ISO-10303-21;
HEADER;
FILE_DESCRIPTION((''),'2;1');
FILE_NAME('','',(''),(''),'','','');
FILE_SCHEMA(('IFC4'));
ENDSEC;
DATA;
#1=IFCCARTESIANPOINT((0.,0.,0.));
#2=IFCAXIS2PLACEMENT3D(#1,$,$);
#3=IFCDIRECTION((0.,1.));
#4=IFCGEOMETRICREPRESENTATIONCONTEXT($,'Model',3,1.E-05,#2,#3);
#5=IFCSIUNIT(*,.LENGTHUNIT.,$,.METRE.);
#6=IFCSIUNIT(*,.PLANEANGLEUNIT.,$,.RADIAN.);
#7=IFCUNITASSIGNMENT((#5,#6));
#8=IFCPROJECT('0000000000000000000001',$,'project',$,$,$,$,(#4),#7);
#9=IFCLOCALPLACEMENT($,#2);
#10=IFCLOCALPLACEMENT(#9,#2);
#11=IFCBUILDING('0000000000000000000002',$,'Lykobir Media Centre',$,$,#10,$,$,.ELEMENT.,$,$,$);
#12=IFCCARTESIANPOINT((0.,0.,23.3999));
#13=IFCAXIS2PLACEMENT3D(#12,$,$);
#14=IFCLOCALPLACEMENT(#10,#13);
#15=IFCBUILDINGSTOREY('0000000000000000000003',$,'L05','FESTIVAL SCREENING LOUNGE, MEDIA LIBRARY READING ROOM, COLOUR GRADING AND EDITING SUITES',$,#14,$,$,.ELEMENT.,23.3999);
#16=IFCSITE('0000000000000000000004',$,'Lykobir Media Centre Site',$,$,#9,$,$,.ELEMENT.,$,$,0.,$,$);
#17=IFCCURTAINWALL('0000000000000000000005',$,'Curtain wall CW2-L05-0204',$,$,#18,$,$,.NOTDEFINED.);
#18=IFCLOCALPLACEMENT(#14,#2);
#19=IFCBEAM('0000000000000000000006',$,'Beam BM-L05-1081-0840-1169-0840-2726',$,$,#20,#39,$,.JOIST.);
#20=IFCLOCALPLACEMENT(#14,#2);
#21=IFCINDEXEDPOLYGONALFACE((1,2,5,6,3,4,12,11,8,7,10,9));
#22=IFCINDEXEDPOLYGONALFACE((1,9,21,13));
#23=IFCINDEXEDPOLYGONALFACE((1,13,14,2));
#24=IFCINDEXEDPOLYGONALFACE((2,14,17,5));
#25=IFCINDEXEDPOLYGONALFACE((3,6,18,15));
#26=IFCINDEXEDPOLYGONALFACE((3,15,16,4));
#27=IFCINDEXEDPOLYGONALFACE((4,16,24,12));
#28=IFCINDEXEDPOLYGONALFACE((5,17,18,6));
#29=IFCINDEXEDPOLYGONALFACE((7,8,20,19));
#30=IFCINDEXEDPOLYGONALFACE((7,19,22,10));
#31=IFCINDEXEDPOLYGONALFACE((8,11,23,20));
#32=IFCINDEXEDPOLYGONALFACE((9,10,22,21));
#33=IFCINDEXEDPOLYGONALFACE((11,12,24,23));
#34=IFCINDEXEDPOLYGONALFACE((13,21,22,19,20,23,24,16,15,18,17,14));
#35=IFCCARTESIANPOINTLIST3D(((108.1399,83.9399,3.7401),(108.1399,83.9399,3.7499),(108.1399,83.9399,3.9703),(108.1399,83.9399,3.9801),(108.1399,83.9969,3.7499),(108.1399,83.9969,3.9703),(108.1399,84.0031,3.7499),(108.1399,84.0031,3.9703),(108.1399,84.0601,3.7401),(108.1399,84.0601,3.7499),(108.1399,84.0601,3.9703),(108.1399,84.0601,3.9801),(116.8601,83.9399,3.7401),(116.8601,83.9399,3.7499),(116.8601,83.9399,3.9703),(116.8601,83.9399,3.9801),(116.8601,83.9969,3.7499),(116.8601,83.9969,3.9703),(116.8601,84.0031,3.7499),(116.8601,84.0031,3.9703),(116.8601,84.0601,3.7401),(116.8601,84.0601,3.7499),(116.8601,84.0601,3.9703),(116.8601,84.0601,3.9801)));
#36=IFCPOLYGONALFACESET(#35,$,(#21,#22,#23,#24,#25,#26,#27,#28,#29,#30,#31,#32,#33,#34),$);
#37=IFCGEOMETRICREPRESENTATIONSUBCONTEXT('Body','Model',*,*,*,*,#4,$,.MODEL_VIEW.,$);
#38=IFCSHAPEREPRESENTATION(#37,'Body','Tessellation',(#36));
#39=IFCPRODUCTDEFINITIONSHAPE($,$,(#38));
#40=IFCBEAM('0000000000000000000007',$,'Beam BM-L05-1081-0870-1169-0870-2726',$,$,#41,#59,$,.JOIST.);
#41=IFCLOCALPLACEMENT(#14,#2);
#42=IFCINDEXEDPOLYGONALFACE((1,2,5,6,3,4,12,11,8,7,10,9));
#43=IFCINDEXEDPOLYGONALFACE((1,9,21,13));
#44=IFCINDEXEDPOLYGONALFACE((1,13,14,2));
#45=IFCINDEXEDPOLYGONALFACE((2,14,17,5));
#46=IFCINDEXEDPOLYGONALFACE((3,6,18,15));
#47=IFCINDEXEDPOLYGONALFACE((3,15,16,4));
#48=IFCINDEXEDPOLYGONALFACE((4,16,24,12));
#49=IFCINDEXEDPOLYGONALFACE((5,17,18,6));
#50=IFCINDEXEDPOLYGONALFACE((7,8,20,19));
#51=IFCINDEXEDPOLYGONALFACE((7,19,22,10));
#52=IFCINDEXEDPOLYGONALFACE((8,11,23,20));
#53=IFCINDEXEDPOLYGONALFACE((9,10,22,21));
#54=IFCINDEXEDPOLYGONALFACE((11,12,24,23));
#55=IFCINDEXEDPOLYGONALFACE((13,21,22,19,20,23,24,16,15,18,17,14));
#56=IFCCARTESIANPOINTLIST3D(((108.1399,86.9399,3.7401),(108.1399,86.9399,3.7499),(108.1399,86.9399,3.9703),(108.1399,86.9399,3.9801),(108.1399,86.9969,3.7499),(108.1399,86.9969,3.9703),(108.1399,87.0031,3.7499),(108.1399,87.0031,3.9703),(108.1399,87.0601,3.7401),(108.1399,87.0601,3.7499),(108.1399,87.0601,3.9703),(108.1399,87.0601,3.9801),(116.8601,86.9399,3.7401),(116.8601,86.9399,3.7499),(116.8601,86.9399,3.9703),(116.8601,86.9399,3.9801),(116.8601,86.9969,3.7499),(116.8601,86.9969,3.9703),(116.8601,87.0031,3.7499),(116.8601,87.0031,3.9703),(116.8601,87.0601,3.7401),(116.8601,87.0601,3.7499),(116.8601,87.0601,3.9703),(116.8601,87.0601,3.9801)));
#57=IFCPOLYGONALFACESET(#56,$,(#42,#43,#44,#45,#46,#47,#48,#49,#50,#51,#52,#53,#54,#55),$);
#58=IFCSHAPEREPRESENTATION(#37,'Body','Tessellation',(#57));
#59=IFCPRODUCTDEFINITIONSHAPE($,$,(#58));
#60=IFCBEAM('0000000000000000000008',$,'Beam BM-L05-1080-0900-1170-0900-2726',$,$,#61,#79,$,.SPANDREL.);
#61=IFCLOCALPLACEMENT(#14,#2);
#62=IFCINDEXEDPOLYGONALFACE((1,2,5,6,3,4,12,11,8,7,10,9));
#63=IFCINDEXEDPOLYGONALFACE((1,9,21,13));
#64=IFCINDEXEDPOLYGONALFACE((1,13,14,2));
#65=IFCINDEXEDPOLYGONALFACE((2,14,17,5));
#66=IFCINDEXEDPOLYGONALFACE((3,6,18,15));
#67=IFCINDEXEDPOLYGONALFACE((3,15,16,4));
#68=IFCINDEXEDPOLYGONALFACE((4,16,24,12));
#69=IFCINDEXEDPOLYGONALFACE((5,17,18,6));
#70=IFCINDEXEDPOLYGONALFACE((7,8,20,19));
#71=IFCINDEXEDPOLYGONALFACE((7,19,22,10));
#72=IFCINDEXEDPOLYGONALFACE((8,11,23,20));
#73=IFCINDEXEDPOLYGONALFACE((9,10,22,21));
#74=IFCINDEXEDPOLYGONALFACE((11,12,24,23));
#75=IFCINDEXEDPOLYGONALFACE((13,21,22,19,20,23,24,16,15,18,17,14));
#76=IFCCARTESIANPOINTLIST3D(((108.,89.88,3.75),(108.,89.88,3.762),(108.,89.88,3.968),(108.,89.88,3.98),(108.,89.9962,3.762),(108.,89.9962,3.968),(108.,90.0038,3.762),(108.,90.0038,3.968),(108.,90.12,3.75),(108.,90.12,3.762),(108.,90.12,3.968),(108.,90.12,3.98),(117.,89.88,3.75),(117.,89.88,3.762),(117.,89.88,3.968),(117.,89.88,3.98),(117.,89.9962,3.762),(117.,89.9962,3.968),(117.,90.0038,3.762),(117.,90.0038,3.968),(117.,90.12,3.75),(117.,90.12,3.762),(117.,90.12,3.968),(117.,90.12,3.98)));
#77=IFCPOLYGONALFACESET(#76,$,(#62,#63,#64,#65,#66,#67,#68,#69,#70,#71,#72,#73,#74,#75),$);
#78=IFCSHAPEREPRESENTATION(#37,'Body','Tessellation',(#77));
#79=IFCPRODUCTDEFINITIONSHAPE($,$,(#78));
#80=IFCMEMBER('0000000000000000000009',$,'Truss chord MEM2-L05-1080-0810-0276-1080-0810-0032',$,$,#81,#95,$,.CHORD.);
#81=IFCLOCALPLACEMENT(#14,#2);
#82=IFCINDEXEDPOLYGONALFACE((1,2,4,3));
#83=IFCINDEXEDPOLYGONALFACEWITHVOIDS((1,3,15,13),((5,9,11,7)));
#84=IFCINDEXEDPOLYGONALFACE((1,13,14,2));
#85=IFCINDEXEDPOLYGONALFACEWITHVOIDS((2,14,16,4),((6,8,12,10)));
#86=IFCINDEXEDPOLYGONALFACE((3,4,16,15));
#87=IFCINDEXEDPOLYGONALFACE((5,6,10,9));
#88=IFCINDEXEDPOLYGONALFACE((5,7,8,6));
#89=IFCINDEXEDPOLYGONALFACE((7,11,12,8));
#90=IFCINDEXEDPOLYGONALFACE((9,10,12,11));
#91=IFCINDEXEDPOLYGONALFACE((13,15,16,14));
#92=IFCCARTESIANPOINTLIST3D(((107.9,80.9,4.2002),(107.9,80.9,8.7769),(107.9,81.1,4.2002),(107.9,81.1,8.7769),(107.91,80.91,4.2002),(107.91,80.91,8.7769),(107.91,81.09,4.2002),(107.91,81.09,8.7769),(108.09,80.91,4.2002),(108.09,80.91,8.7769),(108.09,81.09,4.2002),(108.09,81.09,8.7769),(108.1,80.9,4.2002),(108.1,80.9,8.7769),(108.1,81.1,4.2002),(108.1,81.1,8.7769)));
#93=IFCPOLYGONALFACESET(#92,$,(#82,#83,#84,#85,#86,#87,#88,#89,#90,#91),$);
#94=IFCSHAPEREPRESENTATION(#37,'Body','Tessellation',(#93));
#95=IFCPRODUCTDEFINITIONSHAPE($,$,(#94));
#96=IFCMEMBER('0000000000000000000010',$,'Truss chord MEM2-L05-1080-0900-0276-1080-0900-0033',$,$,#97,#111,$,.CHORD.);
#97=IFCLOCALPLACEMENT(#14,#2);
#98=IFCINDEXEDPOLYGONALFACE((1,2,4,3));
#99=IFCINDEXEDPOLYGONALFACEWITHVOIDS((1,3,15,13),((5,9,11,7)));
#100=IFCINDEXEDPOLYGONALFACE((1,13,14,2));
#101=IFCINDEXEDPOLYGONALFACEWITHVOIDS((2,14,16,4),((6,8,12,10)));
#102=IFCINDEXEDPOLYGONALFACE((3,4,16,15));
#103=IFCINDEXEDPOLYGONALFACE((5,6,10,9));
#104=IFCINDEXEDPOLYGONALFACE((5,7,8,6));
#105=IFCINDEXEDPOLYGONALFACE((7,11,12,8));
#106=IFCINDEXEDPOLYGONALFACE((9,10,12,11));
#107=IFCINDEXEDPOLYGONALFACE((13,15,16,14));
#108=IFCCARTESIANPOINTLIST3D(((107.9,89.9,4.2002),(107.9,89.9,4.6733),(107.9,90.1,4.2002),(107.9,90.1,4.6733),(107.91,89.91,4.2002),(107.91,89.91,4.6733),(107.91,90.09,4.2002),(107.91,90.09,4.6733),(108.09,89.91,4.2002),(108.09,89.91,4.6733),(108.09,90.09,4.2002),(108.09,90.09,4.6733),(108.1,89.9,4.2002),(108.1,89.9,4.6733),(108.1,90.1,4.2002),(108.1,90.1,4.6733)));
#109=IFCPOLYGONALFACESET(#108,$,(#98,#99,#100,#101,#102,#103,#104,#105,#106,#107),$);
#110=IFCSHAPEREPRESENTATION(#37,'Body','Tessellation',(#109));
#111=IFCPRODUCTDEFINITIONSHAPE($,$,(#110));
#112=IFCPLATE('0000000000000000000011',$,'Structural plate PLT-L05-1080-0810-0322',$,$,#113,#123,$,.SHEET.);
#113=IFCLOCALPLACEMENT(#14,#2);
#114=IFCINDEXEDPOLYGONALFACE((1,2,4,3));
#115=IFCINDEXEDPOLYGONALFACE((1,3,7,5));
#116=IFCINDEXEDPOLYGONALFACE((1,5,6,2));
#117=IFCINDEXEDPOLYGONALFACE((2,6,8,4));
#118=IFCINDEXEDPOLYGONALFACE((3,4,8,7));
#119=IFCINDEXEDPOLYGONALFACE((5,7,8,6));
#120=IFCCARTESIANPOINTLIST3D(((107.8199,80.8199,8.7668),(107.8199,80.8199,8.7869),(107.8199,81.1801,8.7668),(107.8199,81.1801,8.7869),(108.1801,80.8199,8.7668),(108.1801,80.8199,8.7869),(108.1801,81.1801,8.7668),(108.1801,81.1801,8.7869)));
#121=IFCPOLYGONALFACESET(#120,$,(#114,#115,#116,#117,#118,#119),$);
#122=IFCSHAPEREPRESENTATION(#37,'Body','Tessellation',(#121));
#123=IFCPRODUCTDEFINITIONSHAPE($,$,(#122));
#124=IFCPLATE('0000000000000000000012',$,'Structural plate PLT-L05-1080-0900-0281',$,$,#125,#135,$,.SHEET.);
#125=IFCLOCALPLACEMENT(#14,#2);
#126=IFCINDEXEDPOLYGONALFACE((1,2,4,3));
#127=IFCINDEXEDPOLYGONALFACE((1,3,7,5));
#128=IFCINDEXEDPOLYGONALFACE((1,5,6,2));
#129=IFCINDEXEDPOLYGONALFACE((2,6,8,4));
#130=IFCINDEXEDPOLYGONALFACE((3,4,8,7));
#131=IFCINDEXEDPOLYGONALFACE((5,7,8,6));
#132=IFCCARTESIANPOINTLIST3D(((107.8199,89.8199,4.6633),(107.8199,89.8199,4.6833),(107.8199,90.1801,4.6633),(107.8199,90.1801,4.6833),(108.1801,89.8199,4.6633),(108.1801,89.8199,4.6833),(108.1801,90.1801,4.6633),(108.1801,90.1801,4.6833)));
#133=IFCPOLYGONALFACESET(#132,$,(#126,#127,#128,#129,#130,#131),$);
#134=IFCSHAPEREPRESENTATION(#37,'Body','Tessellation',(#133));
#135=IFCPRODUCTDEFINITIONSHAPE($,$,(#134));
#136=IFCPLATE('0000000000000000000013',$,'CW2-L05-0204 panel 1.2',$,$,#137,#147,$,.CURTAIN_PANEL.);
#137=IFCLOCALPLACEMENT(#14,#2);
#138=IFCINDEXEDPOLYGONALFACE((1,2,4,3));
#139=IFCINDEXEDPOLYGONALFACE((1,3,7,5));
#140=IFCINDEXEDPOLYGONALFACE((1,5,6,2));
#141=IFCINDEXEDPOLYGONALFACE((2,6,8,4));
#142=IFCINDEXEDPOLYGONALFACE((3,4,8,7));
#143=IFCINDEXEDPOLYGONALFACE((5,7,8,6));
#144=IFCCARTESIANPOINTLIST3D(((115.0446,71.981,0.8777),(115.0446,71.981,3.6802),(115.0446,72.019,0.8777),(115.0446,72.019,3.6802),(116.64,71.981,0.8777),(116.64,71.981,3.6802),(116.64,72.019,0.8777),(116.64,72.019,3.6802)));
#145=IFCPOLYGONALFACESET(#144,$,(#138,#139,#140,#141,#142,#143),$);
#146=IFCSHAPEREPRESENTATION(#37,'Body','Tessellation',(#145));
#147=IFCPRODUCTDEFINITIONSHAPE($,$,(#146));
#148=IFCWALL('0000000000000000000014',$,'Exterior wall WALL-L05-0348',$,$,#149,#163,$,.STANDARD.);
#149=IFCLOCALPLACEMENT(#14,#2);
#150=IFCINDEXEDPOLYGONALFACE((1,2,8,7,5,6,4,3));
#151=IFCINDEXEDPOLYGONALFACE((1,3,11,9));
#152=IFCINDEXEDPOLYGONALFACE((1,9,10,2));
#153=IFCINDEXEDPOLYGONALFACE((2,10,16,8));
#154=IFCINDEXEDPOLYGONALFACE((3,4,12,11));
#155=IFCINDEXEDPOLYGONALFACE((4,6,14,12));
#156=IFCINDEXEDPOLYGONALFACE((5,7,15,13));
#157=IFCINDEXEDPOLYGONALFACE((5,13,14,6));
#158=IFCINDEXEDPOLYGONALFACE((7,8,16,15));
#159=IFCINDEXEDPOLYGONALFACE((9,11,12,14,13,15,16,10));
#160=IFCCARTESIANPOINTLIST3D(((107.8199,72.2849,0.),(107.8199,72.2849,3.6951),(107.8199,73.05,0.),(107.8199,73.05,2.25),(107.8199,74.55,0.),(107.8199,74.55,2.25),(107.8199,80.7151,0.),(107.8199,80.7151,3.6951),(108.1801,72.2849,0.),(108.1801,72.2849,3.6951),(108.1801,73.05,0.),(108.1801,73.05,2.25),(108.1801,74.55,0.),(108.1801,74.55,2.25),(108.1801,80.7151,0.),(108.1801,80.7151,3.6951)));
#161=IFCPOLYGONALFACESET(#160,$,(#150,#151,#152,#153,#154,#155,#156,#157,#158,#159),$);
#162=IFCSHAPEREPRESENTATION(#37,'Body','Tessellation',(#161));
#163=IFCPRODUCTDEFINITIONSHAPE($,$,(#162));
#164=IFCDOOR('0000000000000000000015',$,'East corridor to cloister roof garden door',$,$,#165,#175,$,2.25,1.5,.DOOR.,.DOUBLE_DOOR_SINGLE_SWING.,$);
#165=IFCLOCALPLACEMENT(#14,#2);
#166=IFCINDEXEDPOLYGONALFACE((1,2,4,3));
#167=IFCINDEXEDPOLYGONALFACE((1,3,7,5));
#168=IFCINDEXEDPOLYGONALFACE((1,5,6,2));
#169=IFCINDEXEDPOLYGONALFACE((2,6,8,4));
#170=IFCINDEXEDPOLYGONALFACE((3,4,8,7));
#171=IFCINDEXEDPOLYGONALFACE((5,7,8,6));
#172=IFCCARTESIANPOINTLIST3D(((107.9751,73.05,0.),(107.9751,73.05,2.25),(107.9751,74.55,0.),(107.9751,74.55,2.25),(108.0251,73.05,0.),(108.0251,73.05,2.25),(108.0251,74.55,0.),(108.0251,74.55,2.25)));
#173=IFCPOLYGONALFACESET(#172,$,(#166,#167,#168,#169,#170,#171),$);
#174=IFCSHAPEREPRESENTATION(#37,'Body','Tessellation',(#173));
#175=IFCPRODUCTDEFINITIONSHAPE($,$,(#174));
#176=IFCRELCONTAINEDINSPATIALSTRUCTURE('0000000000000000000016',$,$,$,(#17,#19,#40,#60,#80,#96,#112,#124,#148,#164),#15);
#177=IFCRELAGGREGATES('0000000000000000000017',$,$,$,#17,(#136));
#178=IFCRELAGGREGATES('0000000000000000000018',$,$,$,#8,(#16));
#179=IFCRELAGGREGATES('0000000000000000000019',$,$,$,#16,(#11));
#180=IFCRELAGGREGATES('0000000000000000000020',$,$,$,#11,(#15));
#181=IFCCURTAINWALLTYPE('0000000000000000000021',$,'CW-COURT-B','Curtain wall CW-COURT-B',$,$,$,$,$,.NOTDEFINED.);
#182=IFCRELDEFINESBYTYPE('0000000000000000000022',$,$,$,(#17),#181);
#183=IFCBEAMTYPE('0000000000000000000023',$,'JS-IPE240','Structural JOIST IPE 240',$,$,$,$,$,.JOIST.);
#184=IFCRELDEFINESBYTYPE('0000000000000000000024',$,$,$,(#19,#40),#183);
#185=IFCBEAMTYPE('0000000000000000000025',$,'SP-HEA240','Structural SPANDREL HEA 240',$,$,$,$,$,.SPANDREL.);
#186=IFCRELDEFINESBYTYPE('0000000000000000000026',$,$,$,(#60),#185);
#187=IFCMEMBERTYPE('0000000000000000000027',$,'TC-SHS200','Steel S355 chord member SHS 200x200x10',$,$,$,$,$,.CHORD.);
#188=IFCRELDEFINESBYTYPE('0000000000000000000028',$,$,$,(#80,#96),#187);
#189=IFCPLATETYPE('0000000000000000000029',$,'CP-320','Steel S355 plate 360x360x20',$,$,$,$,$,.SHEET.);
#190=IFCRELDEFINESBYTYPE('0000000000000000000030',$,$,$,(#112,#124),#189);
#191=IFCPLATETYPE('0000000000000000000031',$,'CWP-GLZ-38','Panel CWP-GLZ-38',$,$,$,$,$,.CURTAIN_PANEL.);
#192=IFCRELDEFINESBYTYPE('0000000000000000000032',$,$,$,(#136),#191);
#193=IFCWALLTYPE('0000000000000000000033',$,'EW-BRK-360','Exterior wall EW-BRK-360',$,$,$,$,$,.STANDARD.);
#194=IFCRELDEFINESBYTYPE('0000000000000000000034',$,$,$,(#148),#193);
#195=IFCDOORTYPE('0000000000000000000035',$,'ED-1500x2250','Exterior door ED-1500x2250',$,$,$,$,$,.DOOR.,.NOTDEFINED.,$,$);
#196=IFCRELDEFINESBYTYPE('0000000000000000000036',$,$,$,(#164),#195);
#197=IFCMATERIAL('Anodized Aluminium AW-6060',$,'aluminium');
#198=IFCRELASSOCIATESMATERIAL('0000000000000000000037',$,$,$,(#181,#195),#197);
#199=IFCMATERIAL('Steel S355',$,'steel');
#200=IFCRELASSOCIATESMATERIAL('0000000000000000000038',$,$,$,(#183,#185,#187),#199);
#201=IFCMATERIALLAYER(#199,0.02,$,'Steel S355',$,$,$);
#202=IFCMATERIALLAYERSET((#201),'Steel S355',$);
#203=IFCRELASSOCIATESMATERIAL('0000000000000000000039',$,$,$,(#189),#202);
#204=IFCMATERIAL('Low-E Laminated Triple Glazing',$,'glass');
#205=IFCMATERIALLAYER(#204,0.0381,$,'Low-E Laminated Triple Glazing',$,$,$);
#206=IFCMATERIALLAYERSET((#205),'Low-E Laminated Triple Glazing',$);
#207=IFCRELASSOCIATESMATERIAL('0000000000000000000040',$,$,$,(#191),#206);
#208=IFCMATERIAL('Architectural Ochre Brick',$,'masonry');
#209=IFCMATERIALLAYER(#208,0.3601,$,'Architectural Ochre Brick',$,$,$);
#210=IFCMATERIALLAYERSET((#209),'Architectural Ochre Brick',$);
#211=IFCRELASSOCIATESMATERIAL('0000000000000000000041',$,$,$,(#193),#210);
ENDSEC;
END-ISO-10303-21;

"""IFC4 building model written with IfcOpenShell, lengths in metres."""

from ifc_helpers import new_model, si_unit, direction, frame, frame_2d, origin, origin_2d, place, context, subcontext, project, spatial, rectangle, hollow_rectangle, i_section, extrude, material, layer, layer_set, material_profile, profile_set, type_object, element, fill, aggregate, save


model = new_model("IFC4")

# Units and contexts
model_context = context("Model", 3, precision=1e-05, world=origin(), true_north=direction((0.0, 1.0)))
body_context = subcontext(model_context, "Body", "Model", "MODEL_VIEW")
ifc_project = project(units=[si_unit("LENGTHUNIT", "METRE"), si_unit("PLANEANGLEUNIT", "RADIAN")], contexts=[model_context])

# Site, building, storey
site_placement = place(None, origin())
site = spatial("IfcSite", under=ifc_project, at=site_placement, Name="Lykobir Media Centre Site", CompositionType="ELEMENT", RefElevation=0.0)
building_placement = place(site_placement, origin())
building = spatial("IfcBuilding", under=site, at=building_placement, Name="Lykobir Media Centre", CompositionType="ELEMENT")
storey_placement = place(building_placement, frame((0.0, 0.0, 23.3999)))
storey = spatial("IfcBuildingStorey", under=building, at=storey_placement, Name="L05", Description="FESTIVAL SCREENING LOUNGE, MEDIA LIBRARY READING ROOM, COLOUR GRADING AND EDITING SUITES", CompositionType="ELEMENT", Elevation=23.3999)

# Shared definitions
ifc_material_1 = material(Name="Steel S355", Category="steel")

# Curtain wall
ifc_material_2 = material(Name="Anodized Aluminium AW-6060", Category="aluminium")
curtain_wall_type = type_object("IfcCurtainWallType", Name="CW-COURT-B", Description="Curtain wall CW-COURT-B", PredefinedType="NOTDEFINED", material=ifc_material_2)
curtain_wall_placement = place(storey_placement, origin())
curtain_wall = element("IfcCurtainWall", 1, at=curtain_wall_placement, inside=storey, type_object=curtain_wall_type, Name="Curtain wall CW2-L05-0204", PredefinedType="NOTDEFINED")

# Beams
ifc_material_profile_1 = material_profile(ifc_material_1, i_section(OverallWidth=0.1201, OverallDepth=0.24, WebThickness=0.0061, FlangeThickness=0.0098, at=origin_2d()), Name="IPE 240")
ifc_profile_set_1 = profile_set([ifc_material_profile_1], Name="Steel S355")
beam_type_1 = type_object("IfcBeamType", Name="JS-IPE240", Description="Structural JOIST IPE 240", PredefinedType="JOIST", material=ifc_profile_set_1)
for number, where, z_axis, x_axis, name in (
    (2, (108.1399, 84.0, 3.8601), (1.0, 0.0, 0.0), (0.0, 1.0, 0.0), "Beam BM-L05-1081-0840-1169-0840-2726"),
    (3, (108.1399, 87.0, 3.8601), (1.0, 0.0, 0.0), (0.0, 1.0, 0.0), "Beam BM-L05-1081-0870-1169-0870-2726"),
):
    element("IfcBeam", number, at=place(storey_placement, frame(where, z_axis=z_axis, x_axis=x_axis)), inside=storey, type_object=beam_type_1, Name=name, PredefinedType="JOIST", context=body_context, shape_type="SweptSolid", body=[
        extrude(i_section(OverallWidth=0.1201, OverallDepth=0.24, WebThickness=0.0061, FlangeThickness=0.0098, at=origin_2d()), origin(), (0.0, 0.0, 1.0), 8.7202),
    ])
ifc_material_profile_2 = material_profile(ifc_material_1, i_section(OverallWidth=0.24, OverallDepth=0.23, WebThickness=0.0076, FlangeThickness=0.012, at=origin_2d()), Name="HEA 240")
ifc_profile_set_2 = profile_set([ifc_material_profile_2], Name="Steel S355")
beam_type_2 = type_object("IfcBeamType", Name="SP-HEA240", Description="Structural SPANDREL HEA 240", PredefinedType="SPANDREL", material=ifc_profile_set_2)
beam_1_placement = place(storey_placement, frame((108.0, 90.0, 3.865), z_axis=(1.0, 0.0, 0.0), x_axis=(0.0, 1.0, 0.0)))
element("IfcBeam", 4, at=beam_1_placement, inside=storey, type_object=beam_type_2, Name="Beam BM-L05-1080-0900-1170-0900-2726", PredefinedType="SPANDREL", context=body_context, shape_type="SweptSolid", body=[
    extrude(i_section(OverallWidth=0.24, OverallDepth=0.23, WebThickness=0.0076, FlangeThickness=0.012, at=origin_2d()), origin(), (0.0, 0.0, 1.0), 9.0),
])

# Members
ifc_material_profile_3 = material_profile(ifc_material_1, hollow_rectangle(XDim=0.2, YDim=0.2, WallThickness=0.01, at=origin_2d()), Name="SHS 200x200x10")
ifc_profile_set_3 = profile_set([ifc_material_profile_3], Name="Steel S355")
member_type_1 = type_object("IfcMemberType", Name="TC-SHS200", Description="Steel S355 chord member SHS 200x200x10", PredefinedType="CHORD", material=ifc_profile_set_3)
member_1_placement = place(storey_placement, frame((108.0, 81.0, 4.2002), z_axis=(0.0, 0.0, 1.0), x_axis=(1.0, 0.0, 0.0)))
element("IfcMember", 5, at=member_1_placement, inside=storey, type_object=member_type_1, Name="Truss chord MEM2-L05-1080-0810-0276-1080-0810-0032", PredefinedType="CHORD", context=body_context, shape_type="SweptSolid", body=[
    extrude(hollow_rectangle(XDim=0.2, YDim=0.2, WallThickness=0.01, at=origin_2d()), origin(), (0.0, 0.0, 1.0), 4.5767),
])
member_2_placement = place(storey_placement, frame((108.0, 90.0, 4.2002), z_axis=(0.0, 0.0, 1.0), x_axis=(1.0, 0.0, 0.0)))
element("IfcMember", 6, at=member_2_placement, inside=storey, type_object=member_type_1, Name="Truss chord MEM2-L05-1080-0900-0276-1080-0900-0033", PredefinedType="CHORD", context=body_context, shape_type="SweptSolid", body=[
    extrude(hollow_rectangle(XDim=0.2, YDim=0.2, WallThickness=0.01, at=origin_2d()), origin(), (0.0, 0.0, 1.0), 0.4731),
])

# Plates
ifc_layer_1 = layer(ifc_material_1, 0.02, Name="Steel S355")
ifc_layer_set_1 = layer_set([ifc_layer_1], Name="Steel S355")
plate_type_1 = type_object("IfcPlateType", Name="CP-320", Description="Steel S355 plate 360x360x20", PredefinedType="SHEET", material=ifc_layer_set_1)
for number, where, z_axis, x_axis, name in (
    (7, (108.0, 81.0, 8.7668), (0.0, 0.0, 1.0), (1.0, 0.0, 0.0), "Structural plate PLT-L05-1080-0810-0322"),
    (8, (108.0, 90.0, 4.6633), (0.0, 0.0, 1.0), (1.0, 0.0, 0.0), "Structural plate PLT-L05-1080-0900-0281"),
):
    element("IfcPlate", number, at=place(storey_placement, frame(where, z_axis=z_axis, x_axis=x_axis)), inside=storey, type_object=plate_type_1, Name=name, PredefinedType="SHEET", context=body_context, shape_type="SweptSolid", body=[
        extrude(rectangle(XDim=0.3601, YDim=0.3601, at=origin_2d()), origin(), (0.0, 0.0, 1.0), 0.02),
    ])

# Plate
ifc_material_3 = material(Name="Low-E Laminated Triple Glazing", Category="glass")
ifc_layer_2 = layer(ifc_material_3, 0.0381, Name="Low-E Laminated Triple Glazing")
ifc_layer_set_2 = layer_set([ifc_layer_2], Name="Low-E Laminated Triple Glazing")
plate_type_2 = type_object("IfcPlateType", Name="CWP-GLZ-38", Description="Panel CWP-GLZ-38", PredefinedType="CURTAIN_PANEL", material=ifc_layer_set_2)
plate_placement = place(storey_placement, frame((115.8423, 72.0, 0.8777), z_axis=(0.0, 0.0, 1.0), x_axis=(-1.0, 0.0, 0.0)))
plate = element("IfcPlate", 9, at=plate_placement, type_object=plate_type_2, Name="CW2-L05-0204 panel 1.2", PredefinedType="CURTAIN_PANEL", context=body_context, shape_type="SweptSolid", body=[
    extrude(rectangle(XDim=1.5955, YDim=0.0381, at=origin_2d()), origin(), (0.0, 0.0, 1.0), 2.8025),
])
aggregate(curtain_wall, [plate])

# Wall, opening, door
ifc_material_4 = material(Name="Architectural Ochre Brick", Category="masonry")
ifc_layer_3 = layer(ifc_material_4, 0.3601, Name="Architectural Ochre Brick")
ifc_layer_set_3 = layer_set([ifc_layer_3], Name="Architectural Ochre Brick")
wall_type_1 = type_object("IfcWallType", Name="EW-BRK-360", Description="Exterior wall EW-BRK-360", PredefinedType="STANDARD", material=ifc_layer_set_3)
wall_1_placement = place(storey_placement, frame((108.0, 80.7151, 0.0), z_axis=(0.0, 0.0, 1.0), x_axis=(0.0, -1.0, 0.0)))
wall_1 = element("IfcWall", 10, at=wall_1_placement, inside=storey, type_object=wall_type_1, Name="Exterior wall WALL-L05-0348", PredefinedType="STANDARD", context=body_context, shape_type="SweptSolid", body=[
    extrude(rectangle(XDim=8.4302, YDim=0.3601, at=frame_2d((4.2151, 0.0))), origin(), (0.0, 0.0, 1.0), 3.6951),
])
opening_1_placement = place(wall_1_placement, frame((6.165, 0.0, 0.0)))
opening_1 = element("IfcOpeningElement", 11, at=opening_1_placement, cuts=wall_1, PredefinedType="OPENING", context=body_context, shape_type="SweptSolid", body=[
    extrude(rectangle(XDim=1.5, YDim=2.25, at=frame_2d((0.75, 1.125))), frame((0.0, 0.1899, 0.0), z_axis=(0.0, -1.0, 0.0), x_axis=(1.0, 0.0, 0.0)), (0.0, 0.0, 1.0), 0.3801),
])
door_type_1 = type_object("IfcDoorType", Name="ED-1500x2250", Description="Exterior door ED-1500x2250", OperationType="NOTDEFINED", PredefinedType="DOOR", material=ifc_material_2)
door_1_placement = place(opening_1_placement, frame((1.5, 0.0, 0.0), z_axis=(0.0, 0.0, 1.0), x_axis=(-1.0, 0.0, 0.0)))
door_1 = element("IfcDoor", 12, at=door_1_placement, inside=storey, type_object=door_type_1, Name="East corridor to cloister roof garden door", OperationType="DOUBLE_DOOR_SINGLE_SWING", OverallHeight=2.25, OverallWidth=1.5, PredefinedType="DOOR", context=body_context, shape_type="SweptSolid", body=[
    extrude(rectangle(XDim=1.5, YDim=2.25, at=frame_2d((0.75, 1.125))), frame((0.0, 0.0249, 0.0), z_axis=(0.0, -1.0, 0.0), x_axis=(1.0, 0.0, 0.0)), (0.0, 0.0, 1.0), 0.05),
])
fill(opening_1, door_1)

save(model, "model.ifc")
